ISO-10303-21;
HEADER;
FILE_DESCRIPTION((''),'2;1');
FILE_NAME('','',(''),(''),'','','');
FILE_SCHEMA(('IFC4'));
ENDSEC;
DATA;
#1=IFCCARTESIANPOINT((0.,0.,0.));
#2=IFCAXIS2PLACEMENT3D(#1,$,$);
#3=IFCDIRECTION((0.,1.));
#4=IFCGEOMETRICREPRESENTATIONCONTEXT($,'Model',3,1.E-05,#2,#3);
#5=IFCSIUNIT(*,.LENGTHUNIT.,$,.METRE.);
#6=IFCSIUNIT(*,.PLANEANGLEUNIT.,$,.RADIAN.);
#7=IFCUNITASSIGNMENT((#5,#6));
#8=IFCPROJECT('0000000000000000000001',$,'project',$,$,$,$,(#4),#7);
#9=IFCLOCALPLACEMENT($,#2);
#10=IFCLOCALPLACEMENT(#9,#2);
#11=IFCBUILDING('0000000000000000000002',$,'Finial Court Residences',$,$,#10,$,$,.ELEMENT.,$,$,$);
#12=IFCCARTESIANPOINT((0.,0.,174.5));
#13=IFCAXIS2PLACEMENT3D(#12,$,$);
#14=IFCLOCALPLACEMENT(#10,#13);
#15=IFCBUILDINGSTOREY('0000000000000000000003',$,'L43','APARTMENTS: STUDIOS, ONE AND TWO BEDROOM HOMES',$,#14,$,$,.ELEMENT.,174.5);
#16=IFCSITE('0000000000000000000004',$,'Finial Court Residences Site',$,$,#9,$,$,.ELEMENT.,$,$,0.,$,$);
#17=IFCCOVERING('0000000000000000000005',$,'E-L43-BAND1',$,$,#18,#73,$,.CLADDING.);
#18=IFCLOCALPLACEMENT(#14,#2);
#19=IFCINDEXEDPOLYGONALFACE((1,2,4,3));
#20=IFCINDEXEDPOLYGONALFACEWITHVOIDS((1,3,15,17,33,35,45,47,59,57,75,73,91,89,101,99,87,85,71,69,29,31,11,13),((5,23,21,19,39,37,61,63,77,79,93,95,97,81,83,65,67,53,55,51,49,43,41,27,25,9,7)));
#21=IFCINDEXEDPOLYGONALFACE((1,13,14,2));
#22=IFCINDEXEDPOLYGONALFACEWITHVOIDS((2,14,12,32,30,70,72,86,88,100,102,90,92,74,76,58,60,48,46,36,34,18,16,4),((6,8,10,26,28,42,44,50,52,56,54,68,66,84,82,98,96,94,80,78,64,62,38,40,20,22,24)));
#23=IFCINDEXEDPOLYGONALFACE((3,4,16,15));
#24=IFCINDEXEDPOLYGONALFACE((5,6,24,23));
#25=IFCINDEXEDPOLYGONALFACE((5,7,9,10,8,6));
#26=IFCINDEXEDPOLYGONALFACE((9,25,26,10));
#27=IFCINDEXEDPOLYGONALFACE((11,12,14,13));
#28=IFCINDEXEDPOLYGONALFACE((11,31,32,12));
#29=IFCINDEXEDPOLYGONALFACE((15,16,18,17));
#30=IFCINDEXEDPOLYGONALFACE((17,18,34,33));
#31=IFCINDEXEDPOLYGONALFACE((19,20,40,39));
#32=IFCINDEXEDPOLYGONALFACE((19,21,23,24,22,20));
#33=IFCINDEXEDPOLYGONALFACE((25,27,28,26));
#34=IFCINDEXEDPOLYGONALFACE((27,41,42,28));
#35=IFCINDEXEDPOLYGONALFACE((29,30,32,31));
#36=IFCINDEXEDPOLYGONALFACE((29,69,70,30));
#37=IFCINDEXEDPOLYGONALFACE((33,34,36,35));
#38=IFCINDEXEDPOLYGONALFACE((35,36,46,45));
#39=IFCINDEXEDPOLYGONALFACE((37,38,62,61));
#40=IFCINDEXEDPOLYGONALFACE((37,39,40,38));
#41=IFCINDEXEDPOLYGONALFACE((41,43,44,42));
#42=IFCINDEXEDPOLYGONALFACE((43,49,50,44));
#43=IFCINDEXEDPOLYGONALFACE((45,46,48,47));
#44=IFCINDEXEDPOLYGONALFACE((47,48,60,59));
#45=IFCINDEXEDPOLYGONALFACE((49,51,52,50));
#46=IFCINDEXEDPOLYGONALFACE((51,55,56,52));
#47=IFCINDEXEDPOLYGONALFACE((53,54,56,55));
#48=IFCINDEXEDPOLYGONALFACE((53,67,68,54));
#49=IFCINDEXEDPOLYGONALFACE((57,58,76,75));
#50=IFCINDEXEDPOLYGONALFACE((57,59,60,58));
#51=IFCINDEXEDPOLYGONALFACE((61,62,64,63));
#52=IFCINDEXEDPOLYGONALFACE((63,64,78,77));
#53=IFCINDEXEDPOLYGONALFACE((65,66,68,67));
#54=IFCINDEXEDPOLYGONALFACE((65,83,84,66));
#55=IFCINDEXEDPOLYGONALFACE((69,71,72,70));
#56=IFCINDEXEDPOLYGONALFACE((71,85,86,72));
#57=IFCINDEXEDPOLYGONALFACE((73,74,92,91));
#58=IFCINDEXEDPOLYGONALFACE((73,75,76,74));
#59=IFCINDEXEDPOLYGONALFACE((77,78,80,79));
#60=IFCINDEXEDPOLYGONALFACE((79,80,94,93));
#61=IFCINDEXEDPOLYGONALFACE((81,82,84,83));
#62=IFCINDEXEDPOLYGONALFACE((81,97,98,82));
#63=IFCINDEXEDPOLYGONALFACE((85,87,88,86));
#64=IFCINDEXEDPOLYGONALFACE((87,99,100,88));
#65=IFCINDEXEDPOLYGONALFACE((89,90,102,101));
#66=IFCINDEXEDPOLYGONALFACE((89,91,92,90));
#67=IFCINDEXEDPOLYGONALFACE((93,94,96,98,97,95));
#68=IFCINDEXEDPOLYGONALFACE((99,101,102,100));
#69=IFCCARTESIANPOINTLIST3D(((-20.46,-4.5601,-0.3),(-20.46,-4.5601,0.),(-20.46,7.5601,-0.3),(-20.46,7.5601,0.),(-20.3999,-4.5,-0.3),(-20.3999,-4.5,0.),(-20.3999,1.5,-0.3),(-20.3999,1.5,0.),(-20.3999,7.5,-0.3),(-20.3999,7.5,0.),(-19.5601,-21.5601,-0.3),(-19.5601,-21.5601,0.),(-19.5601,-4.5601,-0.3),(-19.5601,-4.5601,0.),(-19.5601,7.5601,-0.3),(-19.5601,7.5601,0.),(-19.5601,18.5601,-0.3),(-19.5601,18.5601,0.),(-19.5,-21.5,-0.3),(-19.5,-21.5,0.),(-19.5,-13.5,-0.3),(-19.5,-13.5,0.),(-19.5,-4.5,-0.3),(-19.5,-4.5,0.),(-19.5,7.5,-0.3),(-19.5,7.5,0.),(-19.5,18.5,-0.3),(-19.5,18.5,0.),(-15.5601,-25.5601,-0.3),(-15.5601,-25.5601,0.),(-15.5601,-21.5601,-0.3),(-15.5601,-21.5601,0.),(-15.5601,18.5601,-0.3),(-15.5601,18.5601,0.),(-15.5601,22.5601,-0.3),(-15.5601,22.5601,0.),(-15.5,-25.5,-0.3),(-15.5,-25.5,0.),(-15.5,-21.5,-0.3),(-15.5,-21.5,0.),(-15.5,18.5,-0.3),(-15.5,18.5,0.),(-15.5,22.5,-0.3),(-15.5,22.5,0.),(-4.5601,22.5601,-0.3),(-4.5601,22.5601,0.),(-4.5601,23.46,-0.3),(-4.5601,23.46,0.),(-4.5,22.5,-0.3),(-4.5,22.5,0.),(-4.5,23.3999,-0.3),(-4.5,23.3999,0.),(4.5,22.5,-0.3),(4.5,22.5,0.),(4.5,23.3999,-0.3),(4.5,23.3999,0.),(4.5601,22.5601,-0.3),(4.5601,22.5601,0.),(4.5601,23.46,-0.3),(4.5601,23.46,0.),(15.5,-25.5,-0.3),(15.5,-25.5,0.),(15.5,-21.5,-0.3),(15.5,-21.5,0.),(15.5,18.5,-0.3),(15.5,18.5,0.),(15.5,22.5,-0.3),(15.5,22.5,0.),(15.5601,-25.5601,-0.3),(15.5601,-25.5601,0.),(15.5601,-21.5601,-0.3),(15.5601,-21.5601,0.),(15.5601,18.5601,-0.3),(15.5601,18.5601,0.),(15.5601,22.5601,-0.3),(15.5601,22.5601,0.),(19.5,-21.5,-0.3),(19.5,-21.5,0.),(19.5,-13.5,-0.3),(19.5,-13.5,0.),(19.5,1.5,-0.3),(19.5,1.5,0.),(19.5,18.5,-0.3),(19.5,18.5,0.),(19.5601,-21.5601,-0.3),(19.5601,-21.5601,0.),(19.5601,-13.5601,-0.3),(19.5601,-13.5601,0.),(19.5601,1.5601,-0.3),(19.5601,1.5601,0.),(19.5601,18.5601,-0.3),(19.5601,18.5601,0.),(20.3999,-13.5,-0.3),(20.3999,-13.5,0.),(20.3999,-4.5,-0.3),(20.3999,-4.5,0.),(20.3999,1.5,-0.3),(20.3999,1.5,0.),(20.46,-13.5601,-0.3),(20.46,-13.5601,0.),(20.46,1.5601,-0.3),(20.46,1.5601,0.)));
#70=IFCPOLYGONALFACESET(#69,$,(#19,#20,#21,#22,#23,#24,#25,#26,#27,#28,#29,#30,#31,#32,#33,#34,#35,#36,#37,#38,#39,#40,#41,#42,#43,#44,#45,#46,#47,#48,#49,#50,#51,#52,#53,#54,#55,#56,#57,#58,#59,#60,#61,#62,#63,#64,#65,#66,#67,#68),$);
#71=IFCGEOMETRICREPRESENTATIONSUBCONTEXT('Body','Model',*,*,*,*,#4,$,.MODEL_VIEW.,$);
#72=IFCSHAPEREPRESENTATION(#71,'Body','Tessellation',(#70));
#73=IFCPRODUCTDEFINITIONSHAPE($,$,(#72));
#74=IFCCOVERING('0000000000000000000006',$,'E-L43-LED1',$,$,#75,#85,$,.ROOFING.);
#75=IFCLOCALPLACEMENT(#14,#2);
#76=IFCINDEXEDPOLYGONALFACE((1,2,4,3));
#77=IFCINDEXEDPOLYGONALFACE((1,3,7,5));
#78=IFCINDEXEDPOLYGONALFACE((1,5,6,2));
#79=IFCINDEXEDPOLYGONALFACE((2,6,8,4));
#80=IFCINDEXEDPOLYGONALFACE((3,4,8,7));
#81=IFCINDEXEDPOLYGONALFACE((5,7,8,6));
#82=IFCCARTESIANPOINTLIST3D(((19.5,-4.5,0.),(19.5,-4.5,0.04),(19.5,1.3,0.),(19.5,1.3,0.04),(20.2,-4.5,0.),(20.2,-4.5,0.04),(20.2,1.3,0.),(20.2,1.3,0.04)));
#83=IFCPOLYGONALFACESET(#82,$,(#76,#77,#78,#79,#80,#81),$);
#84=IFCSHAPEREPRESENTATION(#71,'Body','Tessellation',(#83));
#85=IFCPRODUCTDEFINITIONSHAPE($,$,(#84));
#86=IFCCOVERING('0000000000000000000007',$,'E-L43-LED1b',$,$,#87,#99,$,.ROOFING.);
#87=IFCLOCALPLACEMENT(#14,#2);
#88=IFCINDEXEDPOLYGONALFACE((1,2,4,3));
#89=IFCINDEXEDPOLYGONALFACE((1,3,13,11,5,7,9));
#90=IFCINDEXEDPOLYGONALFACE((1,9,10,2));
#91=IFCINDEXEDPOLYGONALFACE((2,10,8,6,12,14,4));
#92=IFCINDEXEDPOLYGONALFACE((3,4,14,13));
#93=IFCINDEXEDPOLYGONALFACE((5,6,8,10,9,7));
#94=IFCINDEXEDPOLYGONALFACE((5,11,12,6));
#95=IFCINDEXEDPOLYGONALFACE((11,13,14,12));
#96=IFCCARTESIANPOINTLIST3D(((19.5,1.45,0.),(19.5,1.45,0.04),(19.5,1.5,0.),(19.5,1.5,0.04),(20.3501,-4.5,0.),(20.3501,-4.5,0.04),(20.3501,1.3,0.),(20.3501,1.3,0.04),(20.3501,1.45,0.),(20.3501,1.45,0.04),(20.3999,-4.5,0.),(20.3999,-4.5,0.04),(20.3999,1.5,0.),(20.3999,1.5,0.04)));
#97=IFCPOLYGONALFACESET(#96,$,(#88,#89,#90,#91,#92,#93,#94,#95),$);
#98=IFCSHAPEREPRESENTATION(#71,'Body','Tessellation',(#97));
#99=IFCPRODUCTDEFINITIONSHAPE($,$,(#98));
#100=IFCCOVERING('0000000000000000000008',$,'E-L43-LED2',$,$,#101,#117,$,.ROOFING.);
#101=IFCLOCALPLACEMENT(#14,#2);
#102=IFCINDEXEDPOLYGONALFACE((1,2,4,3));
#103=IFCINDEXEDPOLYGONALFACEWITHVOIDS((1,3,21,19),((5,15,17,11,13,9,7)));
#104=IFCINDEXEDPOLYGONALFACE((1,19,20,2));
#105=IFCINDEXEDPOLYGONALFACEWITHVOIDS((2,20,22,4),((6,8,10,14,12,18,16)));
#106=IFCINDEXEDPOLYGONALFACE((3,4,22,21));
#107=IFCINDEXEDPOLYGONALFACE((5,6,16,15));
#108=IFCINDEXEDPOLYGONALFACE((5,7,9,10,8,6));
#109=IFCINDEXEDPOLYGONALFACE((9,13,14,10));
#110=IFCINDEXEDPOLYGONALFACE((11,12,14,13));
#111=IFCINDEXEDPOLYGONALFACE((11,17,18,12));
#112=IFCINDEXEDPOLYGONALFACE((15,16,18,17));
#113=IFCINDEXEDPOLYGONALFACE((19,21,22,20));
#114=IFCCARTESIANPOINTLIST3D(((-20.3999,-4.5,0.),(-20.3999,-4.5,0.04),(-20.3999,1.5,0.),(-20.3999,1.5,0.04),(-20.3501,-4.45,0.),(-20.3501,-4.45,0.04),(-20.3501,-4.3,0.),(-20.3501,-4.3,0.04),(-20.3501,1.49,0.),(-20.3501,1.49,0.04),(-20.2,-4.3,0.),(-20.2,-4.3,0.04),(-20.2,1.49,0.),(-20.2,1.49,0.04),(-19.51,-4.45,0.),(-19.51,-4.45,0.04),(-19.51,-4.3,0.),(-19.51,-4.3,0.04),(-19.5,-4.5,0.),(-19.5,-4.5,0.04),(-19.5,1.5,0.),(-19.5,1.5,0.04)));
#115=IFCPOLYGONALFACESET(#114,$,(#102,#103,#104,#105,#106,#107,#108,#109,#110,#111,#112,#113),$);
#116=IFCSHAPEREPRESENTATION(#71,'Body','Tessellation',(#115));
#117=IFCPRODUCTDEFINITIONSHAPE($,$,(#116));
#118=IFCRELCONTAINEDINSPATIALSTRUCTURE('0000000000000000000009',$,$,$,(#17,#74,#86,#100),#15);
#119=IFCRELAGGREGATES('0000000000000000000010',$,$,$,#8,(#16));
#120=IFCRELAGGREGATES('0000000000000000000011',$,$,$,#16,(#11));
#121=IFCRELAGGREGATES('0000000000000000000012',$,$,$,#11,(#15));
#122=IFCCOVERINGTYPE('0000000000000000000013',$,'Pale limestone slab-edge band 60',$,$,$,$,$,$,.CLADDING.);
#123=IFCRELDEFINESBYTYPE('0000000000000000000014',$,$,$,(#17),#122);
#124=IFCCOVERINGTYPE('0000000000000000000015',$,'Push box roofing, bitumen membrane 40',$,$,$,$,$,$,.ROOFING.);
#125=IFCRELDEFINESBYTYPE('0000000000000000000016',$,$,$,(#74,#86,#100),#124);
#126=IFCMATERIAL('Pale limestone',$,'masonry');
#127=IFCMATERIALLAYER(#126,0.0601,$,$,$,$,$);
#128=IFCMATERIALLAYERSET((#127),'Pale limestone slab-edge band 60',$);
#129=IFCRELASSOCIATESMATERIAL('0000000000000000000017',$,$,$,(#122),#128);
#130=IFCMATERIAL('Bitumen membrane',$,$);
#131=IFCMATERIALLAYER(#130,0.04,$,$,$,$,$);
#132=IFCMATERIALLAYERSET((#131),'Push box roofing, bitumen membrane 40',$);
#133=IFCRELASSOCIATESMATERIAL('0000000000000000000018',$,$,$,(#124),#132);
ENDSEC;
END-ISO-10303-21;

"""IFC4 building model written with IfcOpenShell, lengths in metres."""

from ifc_helpers import new_model, si_unit, direction, frame, origin, place, context, subcontext, project, spatial, polyline, outline, extrude, material, layer, layer_set, type_object, element, save


model = new_model("IFC4")

# Units and contexts
model_context = context("Model", 3, precision=1e-05, world=origin(), true_north=direction((0.0, 1.0)))
body_context = subcontext(model_context, "Body", "Model", "MODEL_VIEW")
ifc_project = project(units=[si_unit("LENGTHUNIT", "METRE"), si_unit("PLANEANGLEUNIT", "RADIAN")], contexts=[model_context])

# Site, building, storey
site_placement = place(None, origin())
site = spatial("IfcSite", under=ifc_project, at=site_placement, Name="Finial Court Residences Site", CompositionType="ELEMENT", RefElevation=0.0)
building_placement = place(site_placement, origin())
building = spatial("IfcBuilding", under=site, at=building_placement, Name="Finial Court Residences", CompositionType="ELEMENT")
storey_placement = place(building_placement, frame((0.0, 0.0, 174.5)))
storey = spatial("IfcBuildingStorey", under=building, at=storey_placement, Name="L43", Description="APARTMENTS: STUDIOS, ONE AND TWO BEDROOM HOMES", CompositionType="ELEMENT", Elevation=174.5)

# Coverings
ifc_material_1 = material(Name="Pale limestone", Category="masonry")
ifc_layer_1 = layer(ifc_material_1, 0.0601)
ifc_layer_set_1 = layer_set([ifc_layer_1], Name="Pale limestone slab-edge band 60")
covering_type_1 = type_object("IfcCoveringType", Name="Pale limestone slab-edge band 60", PredefinedType="CLADDING", material=ifc_layer_set_1)
covering_1_placement = place(storey_placement, frame((0.0, 0.0, -0.3)))
element("IfcCovering", 1, at=covering_1_placement, inside=storey, type_object=covering_type_1, Name="E-L43-BAND1", PredefinedType="CLADDING", context=body_context, shape_type="SweptSolid", body=[
    extrude(outline(polyline([(-20.46, -4.5601), (-20.46, 7.5601), (-19.5601, 7.5601), (-19.5601, 18.5601), (-15.5601, 18.5601), (-15.5601, 22.5601), (-4.5601, 22.5601), (-4.5601, 23.46), (4.5601, 23.46), (4.5601, 22.5601), (15.5601, 22.5601), (15.5601, 18.5601), (19.5601, 18.5601), (19.5601, 1.5601), (20.46, 1.5601), (20.46, -13.5601), (19.5601, -13.5601), (19.5601, -21.5601), (15.5601, -21.5601), (15.5601, -25.5601), (-15.5601, -25.5601), (-15.5601, -21.5601), (-19.5601, -21.5601), (-19.5601, -4.5601), (-20.46, -4.5601)]), holes=[polyline([(-19.5, -13.5), (-19.5, -21.5), (-15.5, -21.5), (-15.5, -25.5), (15.5, -25.5), (15.5, -21.5), (19.5, -21.5), (19.5, -13.5), (20.3999, -13.5), (20.3999, -4.5), (20.3999, 1.5), (19.5, 1.5), (19.5, 18.5), (15.5, 18.5), (15.5, 22.5), (4.5, 22.5), (4.5, 23.3999), (-4.5, 23.3999), (-4.5, 22.5), (-15.5, 22.5), (-15.5, 18.5), (-19.5, 18.5), (-19.5, 7.5), (-20.3999, 7.5), (-20.3999, 1.5), (-20.3999, -4.5), (-19.5, -4.5), (-19.5, -13.5)])]), origin(), (0.0, 0.0, 1.0), 0.3),
])
ifc_material_2 = material(Name="Bitumen membrane")
ifc_layer_2 = layer(ifc_material_2, 0.04)
ifc_layer_set_2 = layer_set([ifc_layer_2], Name="Push box roofing, bitumen membrane 40")
covering_type_2 = type_object("IfcCoveringType", Name="Push box roofing, bitumen membrane 40", PredefinedType="ROOFING", material=ifc_layer_set_2)
covering_2_placement = place(storey_placement, origin())
element("IfcCovering", 2, at=covering_2_placement, inside=storey, type_object=covering_type_2, Name="E-L43-LED1", PredefinedType="ROOFING", context=body_context, shape_type="SweptSolid", body=[
    extrude(outline(polyline([(19.5, 1.3), (20.2, 1.3), (20.2, -4.5), (19.5, -4.5), (19.5, 1.3)])), origin(), (0.0, 0.0, 1.0), 0.04),
])
covering_3_placement = place(storey_placement, origin())
element("IfcCovering", 3, at=covering_3_placement, inside=storey, type_object=covering_type_2, Name="E-L43-LED1b", PredefinedType="ROOFING", context=body_context, shape_type="SweptSolid", body=[
    extrude(outline(polyline([(19.5, 1.5), (20.3999, 1.5), (20.3999, -4.5), (20.3501, -4.5), (20.3501, 1.3), (20.3501, 1.3), (20.3501, 1.45), (19.5, 1.45), (19.5, 1.5)])), origin(), (0.0, 0.0, 1.0), 0.04),
])
covering_4_placement = place(storey_placement, origin())
element("IfcCovering", 4, at=covering_4_placement, inside=storey, type_object=covering_type_2, Name="E-L43-LED2", PredefinedType="ROOFING", context=body_context, shape_type="SweptSolid", body=[
    extrude(outline(polyline([(-19.5, 1.5), (-19.5, -4.5), (-20.3999, -4.5), (-20.3999, 1.5), (-19.5, 1.5)]), holes=[polyline([(-20.3501, -4.45), (-19.51, -4.45), (-19.51, -4.3), (-20.2, -4.3), (-20.2, 1.49), (-20.3501, 1.49), (-20.3501, -4.3), (-20.3501, -4.3), (-20.3501, -4.45)])]), origin(), (0.0, 0.0, 1.0), 0.04),
])

save(model, "model.ifc")
